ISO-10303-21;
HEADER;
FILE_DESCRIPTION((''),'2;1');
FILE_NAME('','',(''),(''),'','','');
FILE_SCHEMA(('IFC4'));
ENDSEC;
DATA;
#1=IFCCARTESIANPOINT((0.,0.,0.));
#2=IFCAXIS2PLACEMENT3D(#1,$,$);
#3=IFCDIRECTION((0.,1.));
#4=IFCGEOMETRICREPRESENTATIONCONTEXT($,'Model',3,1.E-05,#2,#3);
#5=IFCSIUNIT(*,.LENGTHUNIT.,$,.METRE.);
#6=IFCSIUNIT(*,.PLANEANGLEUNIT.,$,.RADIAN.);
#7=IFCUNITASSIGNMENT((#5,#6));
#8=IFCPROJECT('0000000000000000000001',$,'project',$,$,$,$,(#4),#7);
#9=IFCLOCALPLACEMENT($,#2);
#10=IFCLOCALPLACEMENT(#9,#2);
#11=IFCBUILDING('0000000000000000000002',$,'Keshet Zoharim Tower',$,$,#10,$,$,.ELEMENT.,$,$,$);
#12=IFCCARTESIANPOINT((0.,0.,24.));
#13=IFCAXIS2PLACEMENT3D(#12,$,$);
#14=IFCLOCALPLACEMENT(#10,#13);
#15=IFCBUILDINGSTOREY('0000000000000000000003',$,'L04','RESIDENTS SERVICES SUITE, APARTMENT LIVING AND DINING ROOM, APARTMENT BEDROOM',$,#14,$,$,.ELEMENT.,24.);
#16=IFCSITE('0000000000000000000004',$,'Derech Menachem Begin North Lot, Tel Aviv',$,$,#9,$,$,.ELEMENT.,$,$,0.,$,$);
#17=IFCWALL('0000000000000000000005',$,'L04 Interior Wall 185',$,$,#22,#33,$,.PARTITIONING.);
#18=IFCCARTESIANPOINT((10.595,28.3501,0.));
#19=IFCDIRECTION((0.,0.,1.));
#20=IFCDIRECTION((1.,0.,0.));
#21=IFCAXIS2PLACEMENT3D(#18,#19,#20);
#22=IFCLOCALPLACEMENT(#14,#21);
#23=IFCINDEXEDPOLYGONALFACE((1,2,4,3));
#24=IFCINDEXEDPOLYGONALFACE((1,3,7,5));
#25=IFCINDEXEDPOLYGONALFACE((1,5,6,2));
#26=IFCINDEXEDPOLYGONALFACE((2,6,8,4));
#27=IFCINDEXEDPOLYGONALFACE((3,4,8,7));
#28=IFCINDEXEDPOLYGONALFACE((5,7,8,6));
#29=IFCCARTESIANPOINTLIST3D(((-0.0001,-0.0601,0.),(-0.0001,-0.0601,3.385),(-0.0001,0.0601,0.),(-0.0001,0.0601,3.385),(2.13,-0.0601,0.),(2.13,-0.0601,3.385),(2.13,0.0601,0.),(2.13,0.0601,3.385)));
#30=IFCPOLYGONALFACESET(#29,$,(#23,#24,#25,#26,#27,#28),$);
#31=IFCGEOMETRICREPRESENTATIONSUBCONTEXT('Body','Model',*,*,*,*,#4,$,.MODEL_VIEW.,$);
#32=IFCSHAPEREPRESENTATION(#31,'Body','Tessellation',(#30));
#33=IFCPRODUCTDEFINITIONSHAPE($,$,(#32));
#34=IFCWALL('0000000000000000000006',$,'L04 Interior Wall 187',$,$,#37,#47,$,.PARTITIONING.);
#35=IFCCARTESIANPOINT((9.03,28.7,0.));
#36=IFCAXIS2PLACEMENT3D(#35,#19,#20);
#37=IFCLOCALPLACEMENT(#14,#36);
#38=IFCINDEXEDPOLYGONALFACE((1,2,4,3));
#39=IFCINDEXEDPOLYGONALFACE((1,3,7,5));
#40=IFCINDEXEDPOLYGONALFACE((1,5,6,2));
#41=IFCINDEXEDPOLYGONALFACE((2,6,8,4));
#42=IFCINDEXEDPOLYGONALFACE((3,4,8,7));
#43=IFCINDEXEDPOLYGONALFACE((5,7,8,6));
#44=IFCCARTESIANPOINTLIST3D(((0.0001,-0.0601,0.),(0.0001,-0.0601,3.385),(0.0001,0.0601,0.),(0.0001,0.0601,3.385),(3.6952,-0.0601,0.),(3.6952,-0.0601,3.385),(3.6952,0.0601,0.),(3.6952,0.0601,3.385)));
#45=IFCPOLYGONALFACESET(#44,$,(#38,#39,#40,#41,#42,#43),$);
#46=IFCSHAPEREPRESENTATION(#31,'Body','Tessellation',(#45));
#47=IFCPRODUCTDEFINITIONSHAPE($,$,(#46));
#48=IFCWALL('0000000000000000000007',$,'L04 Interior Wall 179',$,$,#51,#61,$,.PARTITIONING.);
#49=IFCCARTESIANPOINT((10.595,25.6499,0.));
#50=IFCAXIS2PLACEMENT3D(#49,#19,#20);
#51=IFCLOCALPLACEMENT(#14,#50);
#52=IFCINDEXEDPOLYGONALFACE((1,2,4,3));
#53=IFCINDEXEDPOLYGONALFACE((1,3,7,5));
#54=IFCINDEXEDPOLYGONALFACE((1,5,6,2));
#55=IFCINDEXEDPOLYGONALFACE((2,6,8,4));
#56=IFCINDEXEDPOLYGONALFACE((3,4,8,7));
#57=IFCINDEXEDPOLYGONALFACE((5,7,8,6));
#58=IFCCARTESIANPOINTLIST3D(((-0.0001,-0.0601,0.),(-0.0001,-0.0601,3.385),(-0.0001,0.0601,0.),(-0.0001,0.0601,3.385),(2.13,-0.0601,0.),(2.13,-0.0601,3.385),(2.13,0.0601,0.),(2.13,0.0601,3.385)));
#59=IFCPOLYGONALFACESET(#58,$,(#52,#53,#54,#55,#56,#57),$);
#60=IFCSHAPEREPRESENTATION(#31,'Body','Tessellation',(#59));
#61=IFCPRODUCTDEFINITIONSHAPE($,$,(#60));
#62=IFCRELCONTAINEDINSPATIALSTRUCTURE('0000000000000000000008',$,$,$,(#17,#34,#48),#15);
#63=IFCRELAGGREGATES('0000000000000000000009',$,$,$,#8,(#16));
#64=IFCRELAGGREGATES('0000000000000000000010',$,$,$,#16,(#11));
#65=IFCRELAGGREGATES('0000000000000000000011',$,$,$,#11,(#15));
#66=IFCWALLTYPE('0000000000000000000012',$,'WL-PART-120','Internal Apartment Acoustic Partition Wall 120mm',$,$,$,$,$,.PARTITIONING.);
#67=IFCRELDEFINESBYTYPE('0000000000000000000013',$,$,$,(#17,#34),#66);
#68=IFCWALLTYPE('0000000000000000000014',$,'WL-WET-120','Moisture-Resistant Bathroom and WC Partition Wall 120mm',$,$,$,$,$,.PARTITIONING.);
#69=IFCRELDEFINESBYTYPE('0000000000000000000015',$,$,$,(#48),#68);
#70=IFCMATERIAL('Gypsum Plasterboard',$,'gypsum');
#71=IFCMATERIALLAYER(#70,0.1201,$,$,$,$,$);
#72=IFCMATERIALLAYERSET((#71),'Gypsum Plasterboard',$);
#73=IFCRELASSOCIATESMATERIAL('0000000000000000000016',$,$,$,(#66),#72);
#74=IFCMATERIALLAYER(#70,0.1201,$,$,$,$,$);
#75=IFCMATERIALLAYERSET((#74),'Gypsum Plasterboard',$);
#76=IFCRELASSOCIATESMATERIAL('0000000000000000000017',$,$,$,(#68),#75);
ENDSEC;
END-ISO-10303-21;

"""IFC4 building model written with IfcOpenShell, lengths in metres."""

from ifc_helpers import new_model, si_unit, direction, frame, frame_2d, origin, place, context, subcontext, project, spatial, rectangle, extrude, material, layer, layer_set, type_object, element, save


model = new_model("IFC4")

# Units and contexts
model_context = context("Model", 3, precision=1e-05, world=origin(), true_north=direction((0.0, 1.0)))
body_context = subcontext(model_context, "Body", "Model", "MODEL_VIEW")
ifc_project = project(units=[si_unit("LENGTHUNIT", "METRE"), si_unit("PLANEANGLEUNIT", "RADIAN")], contexts=[model_context])

# Site, building, storey
site_placement = place(None, origin())
site = spatial("IfcSite", under=ifc_project, at=site_placement, Name="Derech Menachem Begin North Lot, Tel Aviv", CompositionType="ELEMENT", RefElevation=0.0)
building_placement = place(site_placement, origin())
building = spatial("IfcBuilding", under=site, at=building_placement, Name="Keshet Zoharim Tower", CompositionType="ELEMENT")
storey_placement = place(building_placement, frame((0.0, 0.0, 24.0)))
storey = spatial("IfcBuildingStorey", under=building, at=storey_placement, Name="L04", Description="RESIDENTS SERVICES SUITE, APARTMENT LIVING AND DINING ROOM, APARTMENT BEDROOM", CompositionType="ELEMENT", Elevation=24.0)

# Shared definitions
ifc_material_1 = material(Name="Gypsum Plasterboard", Category="gypsum")
ifc_layer_1 = layer(ifc_material_1, 0.1201)
ifc_layer_set_1 = layer_set([ifc_layer_1], Name="Gypsum Plasterboard")
wall_type_1 = type_object("IfcWallType", Name="WL-PART-120", Description="Internal Apartment Acoustic Partition Wall 120mm", PredefinedType="PARTITIONING", material=ifc_layer_set_1)

# Walls
wall_1_placement = place(storey_placement, frame((10.595, 28.3501, 0.0), z_axis=(0.0, 0.0, 1.0), x_axis=(1.0, 0.0, 0.0)))
element("IfcWall", 1, at=wall_1_placement, inside=storey, type_object=wall_type_1, Name="L04 Interior Wall 185", PredefinedType="PARTITIONING", context=body_context, shape_type="SweptSolid", body=[
    extrude(rectangle(XDim=2.1301, YDim=0.1201, at=frame_2d((1.0649, 0.0))), origin(), (0.0, 0.0, 1.0), 3.385),
])
wall_2_placement = place(storey_placement, frame((9.03, 28.7, 0.0), z_axis=(0.0, 0.0, 1.0), x_axis=(1.0, 0.0, 0.0)))
element("IfcWall", 2, at=wall_2_placement, inside=storey, type_object=wall_type_1, Name="L04 Interior Wall 187", PredefinedType="PARTITIONING", context=body_context, shape_type="SweptSolid", body=[
    extrude(rectangle(XDim=3.6951, YDim=0.1201, at=frame_2d((1.8477, 0.0))), origin(), (0.0, 0.0, 1.0), 3.385),
])

# Wall
ifc_layer_2 = layer(ifc_material_1, 0.1201)
ifc_layer_set_2 = layer_set([ifc_layer_2], Name="Gypsum Plasterboard")
wall_type_2 = type_object("IfcWallType", Name="WL-WET-120", Description="Moisture-Resistant Bathroom and WC Partition Wall 120mm", PredefinedType="PARTITIONING", material=ifc_layer_set_2)
wall_3_placement = place(storey_placement, frame((10.595, 25.6499, 0.0), z_axis=(0.0, 0.0, 1.0), x_axis=(1.0, 0.0, 0.0)))
element("IfcWall", 3, at=wall_3_placement, inside=storey, type_object=wall_type_2, Name="L04 Interior Wall 179", PredefinedType="PARTITIONING", context=body_context, shape_type="SweptSolid", body=[
    extrude(rectangle(XDim=2.1301, YDim=0.1201, at=frame_2d((1.0649, 0.0))), origin(), (0.0, 0.0, 1.0), 3.385),
])

save(model, "model.ifc")
